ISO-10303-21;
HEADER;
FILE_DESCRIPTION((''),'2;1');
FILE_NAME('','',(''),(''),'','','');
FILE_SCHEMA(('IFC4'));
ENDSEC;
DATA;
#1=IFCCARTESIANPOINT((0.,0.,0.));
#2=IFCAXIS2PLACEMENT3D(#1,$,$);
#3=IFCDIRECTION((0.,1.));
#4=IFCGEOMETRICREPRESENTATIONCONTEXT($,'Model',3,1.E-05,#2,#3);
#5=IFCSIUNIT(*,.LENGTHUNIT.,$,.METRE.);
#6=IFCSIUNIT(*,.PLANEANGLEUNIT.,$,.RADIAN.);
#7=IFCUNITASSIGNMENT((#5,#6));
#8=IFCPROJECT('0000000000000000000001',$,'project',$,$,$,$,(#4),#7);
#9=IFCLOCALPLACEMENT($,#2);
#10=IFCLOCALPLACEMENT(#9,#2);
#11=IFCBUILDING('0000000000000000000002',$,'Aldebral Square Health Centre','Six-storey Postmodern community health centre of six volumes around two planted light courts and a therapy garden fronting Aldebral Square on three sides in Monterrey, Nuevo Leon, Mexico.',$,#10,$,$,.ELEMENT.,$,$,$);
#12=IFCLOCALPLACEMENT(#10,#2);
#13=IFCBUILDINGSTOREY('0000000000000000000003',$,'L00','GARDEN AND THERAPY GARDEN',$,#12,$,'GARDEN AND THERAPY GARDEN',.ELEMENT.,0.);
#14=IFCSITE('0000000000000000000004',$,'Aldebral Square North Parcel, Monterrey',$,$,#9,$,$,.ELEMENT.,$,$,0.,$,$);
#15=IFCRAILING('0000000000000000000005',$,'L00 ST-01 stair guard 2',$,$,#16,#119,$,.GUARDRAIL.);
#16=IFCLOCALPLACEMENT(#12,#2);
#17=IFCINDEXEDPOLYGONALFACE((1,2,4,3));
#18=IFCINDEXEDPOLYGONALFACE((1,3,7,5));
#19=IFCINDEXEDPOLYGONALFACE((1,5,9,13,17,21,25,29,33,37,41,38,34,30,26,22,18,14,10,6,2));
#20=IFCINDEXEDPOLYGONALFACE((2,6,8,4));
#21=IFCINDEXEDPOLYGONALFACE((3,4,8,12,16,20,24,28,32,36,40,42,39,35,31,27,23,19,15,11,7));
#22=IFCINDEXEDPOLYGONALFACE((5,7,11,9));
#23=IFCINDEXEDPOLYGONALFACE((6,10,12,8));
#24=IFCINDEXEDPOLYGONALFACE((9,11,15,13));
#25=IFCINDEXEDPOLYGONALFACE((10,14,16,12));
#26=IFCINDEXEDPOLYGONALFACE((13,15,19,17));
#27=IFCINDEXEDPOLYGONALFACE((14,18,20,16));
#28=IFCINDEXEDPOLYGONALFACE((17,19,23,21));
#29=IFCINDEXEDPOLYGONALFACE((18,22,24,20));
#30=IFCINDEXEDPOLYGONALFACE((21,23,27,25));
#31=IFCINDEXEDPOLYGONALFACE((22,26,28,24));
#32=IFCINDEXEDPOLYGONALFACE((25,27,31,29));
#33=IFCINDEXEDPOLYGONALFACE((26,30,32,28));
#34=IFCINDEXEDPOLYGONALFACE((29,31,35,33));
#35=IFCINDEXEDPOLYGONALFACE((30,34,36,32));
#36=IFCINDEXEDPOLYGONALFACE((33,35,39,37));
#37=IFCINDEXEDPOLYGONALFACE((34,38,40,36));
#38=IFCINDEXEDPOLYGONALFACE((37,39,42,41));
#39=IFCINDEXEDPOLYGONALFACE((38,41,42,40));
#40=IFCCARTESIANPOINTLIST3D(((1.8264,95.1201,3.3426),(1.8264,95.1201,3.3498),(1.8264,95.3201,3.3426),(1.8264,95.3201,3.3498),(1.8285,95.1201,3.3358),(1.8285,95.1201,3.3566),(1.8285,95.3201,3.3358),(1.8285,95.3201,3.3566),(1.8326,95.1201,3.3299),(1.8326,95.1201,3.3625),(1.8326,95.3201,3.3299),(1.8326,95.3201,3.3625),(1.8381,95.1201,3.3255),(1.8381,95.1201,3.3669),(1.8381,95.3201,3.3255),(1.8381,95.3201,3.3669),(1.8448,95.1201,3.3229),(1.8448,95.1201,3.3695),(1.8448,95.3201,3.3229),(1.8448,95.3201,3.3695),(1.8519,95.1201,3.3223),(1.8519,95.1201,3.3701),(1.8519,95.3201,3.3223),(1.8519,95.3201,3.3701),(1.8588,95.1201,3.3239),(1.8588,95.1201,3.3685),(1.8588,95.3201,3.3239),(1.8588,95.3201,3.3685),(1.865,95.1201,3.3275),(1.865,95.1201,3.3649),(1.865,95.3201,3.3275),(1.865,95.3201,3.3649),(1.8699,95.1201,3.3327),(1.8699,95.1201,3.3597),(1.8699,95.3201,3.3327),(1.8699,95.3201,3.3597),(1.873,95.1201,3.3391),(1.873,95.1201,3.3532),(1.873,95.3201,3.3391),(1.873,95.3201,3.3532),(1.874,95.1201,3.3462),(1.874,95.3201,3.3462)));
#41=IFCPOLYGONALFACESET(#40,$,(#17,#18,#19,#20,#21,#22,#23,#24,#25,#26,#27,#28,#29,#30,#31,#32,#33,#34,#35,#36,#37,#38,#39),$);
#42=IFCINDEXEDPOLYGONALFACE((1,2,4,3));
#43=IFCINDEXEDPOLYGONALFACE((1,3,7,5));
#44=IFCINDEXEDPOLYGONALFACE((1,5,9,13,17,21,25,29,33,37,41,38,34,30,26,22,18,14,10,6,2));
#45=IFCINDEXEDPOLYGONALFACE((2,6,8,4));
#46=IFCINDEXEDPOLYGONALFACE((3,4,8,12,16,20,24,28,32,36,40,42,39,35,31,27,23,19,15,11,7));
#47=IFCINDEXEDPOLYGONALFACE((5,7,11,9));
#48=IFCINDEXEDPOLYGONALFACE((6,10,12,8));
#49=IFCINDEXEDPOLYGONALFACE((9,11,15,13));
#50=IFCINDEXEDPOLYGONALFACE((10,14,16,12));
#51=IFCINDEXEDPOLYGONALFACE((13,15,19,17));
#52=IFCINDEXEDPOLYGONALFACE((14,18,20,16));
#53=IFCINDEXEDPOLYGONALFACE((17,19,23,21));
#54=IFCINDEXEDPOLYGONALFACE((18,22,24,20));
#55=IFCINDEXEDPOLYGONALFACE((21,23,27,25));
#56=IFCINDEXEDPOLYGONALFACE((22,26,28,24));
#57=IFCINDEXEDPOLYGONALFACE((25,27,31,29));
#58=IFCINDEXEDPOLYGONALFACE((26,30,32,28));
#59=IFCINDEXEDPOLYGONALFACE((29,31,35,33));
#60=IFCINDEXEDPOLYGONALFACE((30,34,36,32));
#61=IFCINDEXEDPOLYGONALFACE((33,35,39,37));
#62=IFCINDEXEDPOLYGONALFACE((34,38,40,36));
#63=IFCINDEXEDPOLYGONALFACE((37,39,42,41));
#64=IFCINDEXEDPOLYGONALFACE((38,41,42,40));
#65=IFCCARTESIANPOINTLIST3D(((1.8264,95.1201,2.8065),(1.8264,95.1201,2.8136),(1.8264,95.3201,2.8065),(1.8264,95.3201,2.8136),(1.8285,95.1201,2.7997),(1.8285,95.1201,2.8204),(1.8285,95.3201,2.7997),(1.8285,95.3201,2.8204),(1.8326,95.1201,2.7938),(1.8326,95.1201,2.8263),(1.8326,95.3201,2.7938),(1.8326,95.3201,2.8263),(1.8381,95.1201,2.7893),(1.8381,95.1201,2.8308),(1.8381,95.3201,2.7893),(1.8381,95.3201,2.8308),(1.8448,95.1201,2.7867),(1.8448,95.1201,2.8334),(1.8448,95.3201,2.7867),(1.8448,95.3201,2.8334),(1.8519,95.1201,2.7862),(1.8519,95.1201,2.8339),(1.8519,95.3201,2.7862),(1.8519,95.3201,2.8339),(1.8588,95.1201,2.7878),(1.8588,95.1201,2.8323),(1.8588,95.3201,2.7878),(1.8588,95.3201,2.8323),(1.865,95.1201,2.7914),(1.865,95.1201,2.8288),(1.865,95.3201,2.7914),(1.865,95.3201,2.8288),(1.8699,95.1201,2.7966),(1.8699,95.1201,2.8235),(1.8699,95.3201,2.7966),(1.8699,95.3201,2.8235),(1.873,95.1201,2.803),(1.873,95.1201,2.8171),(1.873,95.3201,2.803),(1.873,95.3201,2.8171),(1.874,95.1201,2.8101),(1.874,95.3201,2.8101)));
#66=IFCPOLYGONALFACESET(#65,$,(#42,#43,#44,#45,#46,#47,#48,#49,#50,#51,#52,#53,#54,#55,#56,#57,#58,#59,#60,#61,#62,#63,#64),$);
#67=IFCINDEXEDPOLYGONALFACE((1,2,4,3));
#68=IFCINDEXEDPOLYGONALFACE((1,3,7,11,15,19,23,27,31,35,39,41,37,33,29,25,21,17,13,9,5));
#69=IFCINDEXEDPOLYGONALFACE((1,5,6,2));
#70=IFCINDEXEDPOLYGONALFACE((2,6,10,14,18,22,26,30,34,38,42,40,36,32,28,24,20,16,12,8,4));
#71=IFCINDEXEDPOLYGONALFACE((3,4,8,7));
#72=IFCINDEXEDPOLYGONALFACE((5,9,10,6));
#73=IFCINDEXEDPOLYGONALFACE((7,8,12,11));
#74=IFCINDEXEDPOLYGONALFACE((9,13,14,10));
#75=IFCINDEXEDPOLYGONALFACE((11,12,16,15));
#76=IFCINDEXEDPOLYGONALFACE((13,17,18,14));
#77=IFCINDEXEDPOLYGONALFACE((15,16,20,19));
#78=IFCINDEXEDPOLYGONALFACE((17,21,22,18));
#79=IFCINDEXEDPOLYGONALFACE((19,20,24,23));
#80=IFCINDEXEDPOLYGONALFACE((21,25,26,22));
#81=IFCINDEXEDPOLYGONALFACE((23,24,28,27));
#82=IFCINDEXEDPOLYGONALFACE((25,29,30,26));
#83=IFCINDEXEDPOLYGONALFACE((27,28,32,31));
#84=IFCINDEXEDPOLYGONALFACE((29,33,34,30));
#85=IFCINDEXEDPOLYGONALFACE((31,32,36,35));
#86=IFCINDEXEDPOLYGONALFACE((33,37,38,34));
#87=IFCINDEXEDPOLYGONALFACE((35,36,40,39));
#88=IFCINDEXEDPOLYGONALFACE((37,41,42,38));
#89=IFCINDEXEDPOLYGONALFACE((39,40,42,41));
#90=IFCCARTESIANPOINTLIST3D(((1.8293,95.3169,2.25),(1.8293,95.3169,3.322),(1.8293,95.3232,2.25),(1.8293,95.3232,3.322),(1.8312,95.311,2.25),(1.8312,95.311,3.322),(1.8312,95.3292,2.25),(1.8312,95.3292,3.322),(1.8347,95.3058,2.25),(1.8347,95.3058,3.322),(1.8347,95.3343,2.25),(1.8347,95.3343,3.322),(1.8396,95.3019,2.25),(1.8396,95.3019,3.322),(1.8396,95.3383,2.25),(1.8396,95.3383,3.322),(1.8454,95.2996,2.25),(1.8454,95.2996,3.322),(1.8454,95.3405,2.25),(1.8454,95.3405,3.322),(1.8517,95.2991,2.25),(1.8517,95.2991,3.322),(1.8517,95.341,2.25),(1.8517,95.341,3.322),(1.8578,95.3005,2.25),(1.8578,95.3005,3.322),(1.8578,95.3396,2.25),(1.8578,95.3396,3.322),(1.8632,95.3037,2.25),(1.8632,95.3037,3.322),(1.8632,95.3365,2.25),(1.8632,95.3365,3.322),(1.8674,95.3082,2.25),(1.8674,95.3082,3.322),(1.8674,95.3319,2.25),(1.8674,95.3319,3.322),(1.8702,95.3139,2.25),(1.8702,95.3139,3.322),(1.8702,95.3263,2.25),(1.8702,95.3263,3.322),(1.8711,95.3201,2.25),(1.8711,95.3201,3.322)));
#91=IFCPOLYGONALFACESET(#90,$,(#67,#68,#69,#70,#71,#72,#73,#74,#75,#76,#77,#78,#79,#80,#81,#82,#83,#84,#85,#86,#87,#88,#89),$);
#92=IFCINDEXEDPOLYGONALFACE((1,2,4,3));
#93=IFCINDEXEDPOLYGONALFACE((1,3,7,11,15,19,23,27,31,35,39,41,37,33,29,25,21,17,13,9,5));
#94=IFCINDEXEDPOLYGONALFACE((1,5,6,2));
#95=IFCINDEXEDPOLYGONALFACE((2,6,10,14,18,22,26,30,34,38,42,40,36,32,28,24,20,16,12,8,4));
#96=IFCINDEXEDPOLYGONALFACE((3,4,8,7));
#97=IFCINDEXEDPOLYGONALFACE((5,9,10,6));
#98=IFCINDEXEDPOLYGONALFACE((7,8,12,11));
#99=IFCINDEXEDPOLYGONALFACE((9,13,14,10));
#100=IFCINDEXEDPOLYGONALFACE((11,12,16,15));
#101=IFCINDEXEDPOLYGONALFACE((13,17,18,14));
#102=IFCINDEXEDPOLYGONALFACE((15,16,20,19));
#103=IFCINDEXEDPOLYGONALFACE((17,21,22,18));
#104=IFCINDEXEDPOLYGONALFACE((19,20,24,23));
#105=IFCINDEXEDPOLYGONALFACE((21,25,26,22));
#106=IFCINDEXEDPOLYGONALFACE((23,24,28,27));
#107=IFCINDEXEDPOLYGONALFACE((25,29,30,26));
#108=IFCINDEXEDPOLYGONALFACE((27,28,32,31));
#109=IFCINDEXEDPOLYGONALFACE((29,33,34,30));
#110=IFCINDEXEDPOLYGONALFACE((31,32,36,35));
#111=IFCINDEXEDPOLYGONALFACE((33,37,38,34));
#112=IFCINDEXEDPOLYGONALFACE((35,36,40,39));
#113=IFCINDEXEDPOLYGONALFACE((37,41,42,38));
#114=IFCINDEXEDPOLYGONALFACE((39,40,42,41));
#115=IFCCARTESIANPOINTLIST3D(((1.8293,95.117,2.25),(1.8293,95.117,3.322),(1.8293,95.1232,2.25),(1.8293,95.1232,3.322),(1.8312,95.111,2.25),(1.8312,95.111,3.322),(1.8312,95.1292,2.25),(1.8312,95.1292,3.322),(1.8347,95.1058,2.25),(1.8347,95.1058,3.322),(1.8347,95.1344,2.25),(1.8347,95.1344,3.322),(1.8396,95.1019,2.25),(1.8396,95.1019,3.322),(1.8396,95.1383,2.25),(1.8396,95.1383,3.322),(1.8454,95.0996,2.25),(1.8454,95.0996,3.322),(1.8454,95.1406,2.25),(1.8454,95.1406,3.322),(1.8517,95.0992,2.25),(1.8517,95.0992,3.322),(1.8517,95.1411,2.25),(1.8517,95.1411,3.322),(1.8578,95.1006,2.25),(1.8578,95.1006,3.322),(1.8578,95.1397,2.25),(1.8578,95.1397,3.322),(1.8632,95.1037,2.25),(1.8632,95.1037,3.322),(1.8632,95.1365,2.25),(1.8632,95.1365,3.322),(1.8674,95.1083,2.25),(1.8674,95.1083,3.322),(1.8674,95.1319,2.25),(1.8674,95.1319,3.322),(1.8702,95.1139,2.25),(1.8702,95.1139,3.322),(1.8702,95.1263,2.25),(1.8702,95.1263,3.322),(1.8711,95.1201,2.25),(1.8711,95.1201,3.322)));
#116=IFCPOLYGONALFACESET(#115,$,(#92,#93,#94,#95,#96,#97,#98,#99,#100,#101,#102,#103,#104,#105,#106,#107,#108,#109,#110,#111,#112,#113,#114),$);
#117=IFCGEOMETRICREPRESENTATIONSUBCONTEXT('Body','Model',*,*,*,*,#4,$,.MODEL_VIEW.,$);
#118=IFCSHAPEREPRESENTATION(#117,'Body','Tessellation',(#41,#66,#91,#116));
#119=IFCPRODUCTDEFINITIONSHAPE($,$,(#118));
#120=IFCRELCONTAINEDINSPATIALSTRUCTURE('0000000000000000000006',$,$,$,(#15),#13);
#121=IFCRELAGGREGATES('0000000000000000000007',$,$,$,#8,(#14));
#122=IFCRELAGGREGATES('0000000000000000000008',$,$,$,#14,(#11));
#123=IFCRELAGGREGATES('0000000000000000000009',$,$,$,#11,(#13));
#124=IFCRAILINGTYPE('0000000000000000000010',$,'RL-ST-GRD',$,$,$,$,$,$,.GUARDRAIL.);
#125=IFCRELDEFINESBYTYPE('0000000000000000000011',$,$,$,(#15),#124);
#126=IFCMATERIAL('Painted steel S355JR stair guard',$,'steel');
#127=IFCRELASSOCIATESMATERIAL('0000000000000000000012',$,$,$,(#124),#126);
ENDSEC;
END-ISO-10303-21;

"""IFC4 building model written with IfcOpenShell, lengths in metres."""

from ifc_helpers import new_model, si_unit, direction, frame, origin, origin_2d, place, context, subcontext, project, spatial, circle, extrude, material, type_object, element, save


model = new_model("IFC4")

# Units and contexts
model_context = context("Model", 3, precision=1e-05, world=origin(), true_north=direction((0.0, 1.0)))
body_context = subcontext(model_context, "Body", "Model", "MODEL_VIEW")
ifc_project = project(units=[si_unit("LENGTHUNIT", "METRE"), si_unit("PLANEANGLEUNIT", "RADIAN")], contexts=[model_context])

# Site, building, storey
site_placement = place(None, origin())
site = spatial("IfcSite", under=ifc_project, at=site_placement, Name="Aldebral Square North Parcel, Monterrey", CompositionType="ELEMENT", RefElevation=0.0)
building_placement = place(site_placement, origin())
building = spatial("IfcBuilding", under=site, at=building_placement, Name="Aldebral Square Health Centre", Description="Six-storey Postmodern community health centre of six volumes around two planted light courts and a therapy garden fronting Aldebral Square on three sides in Monterrey, Nuevo Leon, Mexico.", CompositionType="ELEMENT")
storey_placement = place(building_placement, origin())
storey = spatial("IfcBuildingStorey", under=building, at=storey_placement, Name="L00", Description="GARDEN AND THERAPY GARDEN", LongName="GARDEN AND THERAPY GARDEN", CompositionType="ELEMENT", Elevation=0.0)

# Railing
ifc_material_1 = material(Name="Painted steel S355JR stair guard", Category="steel")
railing_type_1 = type_object("IfcRailingType", Name="RL-ST-GRD", PredefinedType="GUARDRAIL", material=ifc_material_1)
railing_1_placement = place(storey_placement, frame((1.8501, 95.3201, 2.25)))
element("IfcRailing", 1, at=railing_1_placement, inside=storey, type_object=railing_type_1, Name="L00 ST-01 stair guard 2", PredefinedType="GUARDRAIL", context=body_context, shape_type="SweptSolid", body=[
    extrude(circle(Radius=0.0239, at=origin_2d()), frame((0.0, 0.0, 1.0962), z_axis=(0.0, -1.0, 0.0), x_axis=(1.0, 0.0, 0.0)), (0.0, 0.0, 1.0), 0.2),
    extrude(circle(Radius=0.0239, at=origin_2d()), frame((0.0, 0.0, 0.5601), z_axis=(0.0, -1.0, 0.0), x_axis=(1.0, 0.0, 0.0)), (0.0, 0.0, 1.0), 0.2),
    extrude(circle(Radius=0.021, at=origin_2d()), origin(), (0.0, 0.0, 1.0), 1.072),
    extrude(circle(Radius=0.021, at=origin_2d()), frame((0.0, -0.2, 0.0)), (0.0, 0.0, 1.0), 1.072),
])

save(model, "model.ifc")
